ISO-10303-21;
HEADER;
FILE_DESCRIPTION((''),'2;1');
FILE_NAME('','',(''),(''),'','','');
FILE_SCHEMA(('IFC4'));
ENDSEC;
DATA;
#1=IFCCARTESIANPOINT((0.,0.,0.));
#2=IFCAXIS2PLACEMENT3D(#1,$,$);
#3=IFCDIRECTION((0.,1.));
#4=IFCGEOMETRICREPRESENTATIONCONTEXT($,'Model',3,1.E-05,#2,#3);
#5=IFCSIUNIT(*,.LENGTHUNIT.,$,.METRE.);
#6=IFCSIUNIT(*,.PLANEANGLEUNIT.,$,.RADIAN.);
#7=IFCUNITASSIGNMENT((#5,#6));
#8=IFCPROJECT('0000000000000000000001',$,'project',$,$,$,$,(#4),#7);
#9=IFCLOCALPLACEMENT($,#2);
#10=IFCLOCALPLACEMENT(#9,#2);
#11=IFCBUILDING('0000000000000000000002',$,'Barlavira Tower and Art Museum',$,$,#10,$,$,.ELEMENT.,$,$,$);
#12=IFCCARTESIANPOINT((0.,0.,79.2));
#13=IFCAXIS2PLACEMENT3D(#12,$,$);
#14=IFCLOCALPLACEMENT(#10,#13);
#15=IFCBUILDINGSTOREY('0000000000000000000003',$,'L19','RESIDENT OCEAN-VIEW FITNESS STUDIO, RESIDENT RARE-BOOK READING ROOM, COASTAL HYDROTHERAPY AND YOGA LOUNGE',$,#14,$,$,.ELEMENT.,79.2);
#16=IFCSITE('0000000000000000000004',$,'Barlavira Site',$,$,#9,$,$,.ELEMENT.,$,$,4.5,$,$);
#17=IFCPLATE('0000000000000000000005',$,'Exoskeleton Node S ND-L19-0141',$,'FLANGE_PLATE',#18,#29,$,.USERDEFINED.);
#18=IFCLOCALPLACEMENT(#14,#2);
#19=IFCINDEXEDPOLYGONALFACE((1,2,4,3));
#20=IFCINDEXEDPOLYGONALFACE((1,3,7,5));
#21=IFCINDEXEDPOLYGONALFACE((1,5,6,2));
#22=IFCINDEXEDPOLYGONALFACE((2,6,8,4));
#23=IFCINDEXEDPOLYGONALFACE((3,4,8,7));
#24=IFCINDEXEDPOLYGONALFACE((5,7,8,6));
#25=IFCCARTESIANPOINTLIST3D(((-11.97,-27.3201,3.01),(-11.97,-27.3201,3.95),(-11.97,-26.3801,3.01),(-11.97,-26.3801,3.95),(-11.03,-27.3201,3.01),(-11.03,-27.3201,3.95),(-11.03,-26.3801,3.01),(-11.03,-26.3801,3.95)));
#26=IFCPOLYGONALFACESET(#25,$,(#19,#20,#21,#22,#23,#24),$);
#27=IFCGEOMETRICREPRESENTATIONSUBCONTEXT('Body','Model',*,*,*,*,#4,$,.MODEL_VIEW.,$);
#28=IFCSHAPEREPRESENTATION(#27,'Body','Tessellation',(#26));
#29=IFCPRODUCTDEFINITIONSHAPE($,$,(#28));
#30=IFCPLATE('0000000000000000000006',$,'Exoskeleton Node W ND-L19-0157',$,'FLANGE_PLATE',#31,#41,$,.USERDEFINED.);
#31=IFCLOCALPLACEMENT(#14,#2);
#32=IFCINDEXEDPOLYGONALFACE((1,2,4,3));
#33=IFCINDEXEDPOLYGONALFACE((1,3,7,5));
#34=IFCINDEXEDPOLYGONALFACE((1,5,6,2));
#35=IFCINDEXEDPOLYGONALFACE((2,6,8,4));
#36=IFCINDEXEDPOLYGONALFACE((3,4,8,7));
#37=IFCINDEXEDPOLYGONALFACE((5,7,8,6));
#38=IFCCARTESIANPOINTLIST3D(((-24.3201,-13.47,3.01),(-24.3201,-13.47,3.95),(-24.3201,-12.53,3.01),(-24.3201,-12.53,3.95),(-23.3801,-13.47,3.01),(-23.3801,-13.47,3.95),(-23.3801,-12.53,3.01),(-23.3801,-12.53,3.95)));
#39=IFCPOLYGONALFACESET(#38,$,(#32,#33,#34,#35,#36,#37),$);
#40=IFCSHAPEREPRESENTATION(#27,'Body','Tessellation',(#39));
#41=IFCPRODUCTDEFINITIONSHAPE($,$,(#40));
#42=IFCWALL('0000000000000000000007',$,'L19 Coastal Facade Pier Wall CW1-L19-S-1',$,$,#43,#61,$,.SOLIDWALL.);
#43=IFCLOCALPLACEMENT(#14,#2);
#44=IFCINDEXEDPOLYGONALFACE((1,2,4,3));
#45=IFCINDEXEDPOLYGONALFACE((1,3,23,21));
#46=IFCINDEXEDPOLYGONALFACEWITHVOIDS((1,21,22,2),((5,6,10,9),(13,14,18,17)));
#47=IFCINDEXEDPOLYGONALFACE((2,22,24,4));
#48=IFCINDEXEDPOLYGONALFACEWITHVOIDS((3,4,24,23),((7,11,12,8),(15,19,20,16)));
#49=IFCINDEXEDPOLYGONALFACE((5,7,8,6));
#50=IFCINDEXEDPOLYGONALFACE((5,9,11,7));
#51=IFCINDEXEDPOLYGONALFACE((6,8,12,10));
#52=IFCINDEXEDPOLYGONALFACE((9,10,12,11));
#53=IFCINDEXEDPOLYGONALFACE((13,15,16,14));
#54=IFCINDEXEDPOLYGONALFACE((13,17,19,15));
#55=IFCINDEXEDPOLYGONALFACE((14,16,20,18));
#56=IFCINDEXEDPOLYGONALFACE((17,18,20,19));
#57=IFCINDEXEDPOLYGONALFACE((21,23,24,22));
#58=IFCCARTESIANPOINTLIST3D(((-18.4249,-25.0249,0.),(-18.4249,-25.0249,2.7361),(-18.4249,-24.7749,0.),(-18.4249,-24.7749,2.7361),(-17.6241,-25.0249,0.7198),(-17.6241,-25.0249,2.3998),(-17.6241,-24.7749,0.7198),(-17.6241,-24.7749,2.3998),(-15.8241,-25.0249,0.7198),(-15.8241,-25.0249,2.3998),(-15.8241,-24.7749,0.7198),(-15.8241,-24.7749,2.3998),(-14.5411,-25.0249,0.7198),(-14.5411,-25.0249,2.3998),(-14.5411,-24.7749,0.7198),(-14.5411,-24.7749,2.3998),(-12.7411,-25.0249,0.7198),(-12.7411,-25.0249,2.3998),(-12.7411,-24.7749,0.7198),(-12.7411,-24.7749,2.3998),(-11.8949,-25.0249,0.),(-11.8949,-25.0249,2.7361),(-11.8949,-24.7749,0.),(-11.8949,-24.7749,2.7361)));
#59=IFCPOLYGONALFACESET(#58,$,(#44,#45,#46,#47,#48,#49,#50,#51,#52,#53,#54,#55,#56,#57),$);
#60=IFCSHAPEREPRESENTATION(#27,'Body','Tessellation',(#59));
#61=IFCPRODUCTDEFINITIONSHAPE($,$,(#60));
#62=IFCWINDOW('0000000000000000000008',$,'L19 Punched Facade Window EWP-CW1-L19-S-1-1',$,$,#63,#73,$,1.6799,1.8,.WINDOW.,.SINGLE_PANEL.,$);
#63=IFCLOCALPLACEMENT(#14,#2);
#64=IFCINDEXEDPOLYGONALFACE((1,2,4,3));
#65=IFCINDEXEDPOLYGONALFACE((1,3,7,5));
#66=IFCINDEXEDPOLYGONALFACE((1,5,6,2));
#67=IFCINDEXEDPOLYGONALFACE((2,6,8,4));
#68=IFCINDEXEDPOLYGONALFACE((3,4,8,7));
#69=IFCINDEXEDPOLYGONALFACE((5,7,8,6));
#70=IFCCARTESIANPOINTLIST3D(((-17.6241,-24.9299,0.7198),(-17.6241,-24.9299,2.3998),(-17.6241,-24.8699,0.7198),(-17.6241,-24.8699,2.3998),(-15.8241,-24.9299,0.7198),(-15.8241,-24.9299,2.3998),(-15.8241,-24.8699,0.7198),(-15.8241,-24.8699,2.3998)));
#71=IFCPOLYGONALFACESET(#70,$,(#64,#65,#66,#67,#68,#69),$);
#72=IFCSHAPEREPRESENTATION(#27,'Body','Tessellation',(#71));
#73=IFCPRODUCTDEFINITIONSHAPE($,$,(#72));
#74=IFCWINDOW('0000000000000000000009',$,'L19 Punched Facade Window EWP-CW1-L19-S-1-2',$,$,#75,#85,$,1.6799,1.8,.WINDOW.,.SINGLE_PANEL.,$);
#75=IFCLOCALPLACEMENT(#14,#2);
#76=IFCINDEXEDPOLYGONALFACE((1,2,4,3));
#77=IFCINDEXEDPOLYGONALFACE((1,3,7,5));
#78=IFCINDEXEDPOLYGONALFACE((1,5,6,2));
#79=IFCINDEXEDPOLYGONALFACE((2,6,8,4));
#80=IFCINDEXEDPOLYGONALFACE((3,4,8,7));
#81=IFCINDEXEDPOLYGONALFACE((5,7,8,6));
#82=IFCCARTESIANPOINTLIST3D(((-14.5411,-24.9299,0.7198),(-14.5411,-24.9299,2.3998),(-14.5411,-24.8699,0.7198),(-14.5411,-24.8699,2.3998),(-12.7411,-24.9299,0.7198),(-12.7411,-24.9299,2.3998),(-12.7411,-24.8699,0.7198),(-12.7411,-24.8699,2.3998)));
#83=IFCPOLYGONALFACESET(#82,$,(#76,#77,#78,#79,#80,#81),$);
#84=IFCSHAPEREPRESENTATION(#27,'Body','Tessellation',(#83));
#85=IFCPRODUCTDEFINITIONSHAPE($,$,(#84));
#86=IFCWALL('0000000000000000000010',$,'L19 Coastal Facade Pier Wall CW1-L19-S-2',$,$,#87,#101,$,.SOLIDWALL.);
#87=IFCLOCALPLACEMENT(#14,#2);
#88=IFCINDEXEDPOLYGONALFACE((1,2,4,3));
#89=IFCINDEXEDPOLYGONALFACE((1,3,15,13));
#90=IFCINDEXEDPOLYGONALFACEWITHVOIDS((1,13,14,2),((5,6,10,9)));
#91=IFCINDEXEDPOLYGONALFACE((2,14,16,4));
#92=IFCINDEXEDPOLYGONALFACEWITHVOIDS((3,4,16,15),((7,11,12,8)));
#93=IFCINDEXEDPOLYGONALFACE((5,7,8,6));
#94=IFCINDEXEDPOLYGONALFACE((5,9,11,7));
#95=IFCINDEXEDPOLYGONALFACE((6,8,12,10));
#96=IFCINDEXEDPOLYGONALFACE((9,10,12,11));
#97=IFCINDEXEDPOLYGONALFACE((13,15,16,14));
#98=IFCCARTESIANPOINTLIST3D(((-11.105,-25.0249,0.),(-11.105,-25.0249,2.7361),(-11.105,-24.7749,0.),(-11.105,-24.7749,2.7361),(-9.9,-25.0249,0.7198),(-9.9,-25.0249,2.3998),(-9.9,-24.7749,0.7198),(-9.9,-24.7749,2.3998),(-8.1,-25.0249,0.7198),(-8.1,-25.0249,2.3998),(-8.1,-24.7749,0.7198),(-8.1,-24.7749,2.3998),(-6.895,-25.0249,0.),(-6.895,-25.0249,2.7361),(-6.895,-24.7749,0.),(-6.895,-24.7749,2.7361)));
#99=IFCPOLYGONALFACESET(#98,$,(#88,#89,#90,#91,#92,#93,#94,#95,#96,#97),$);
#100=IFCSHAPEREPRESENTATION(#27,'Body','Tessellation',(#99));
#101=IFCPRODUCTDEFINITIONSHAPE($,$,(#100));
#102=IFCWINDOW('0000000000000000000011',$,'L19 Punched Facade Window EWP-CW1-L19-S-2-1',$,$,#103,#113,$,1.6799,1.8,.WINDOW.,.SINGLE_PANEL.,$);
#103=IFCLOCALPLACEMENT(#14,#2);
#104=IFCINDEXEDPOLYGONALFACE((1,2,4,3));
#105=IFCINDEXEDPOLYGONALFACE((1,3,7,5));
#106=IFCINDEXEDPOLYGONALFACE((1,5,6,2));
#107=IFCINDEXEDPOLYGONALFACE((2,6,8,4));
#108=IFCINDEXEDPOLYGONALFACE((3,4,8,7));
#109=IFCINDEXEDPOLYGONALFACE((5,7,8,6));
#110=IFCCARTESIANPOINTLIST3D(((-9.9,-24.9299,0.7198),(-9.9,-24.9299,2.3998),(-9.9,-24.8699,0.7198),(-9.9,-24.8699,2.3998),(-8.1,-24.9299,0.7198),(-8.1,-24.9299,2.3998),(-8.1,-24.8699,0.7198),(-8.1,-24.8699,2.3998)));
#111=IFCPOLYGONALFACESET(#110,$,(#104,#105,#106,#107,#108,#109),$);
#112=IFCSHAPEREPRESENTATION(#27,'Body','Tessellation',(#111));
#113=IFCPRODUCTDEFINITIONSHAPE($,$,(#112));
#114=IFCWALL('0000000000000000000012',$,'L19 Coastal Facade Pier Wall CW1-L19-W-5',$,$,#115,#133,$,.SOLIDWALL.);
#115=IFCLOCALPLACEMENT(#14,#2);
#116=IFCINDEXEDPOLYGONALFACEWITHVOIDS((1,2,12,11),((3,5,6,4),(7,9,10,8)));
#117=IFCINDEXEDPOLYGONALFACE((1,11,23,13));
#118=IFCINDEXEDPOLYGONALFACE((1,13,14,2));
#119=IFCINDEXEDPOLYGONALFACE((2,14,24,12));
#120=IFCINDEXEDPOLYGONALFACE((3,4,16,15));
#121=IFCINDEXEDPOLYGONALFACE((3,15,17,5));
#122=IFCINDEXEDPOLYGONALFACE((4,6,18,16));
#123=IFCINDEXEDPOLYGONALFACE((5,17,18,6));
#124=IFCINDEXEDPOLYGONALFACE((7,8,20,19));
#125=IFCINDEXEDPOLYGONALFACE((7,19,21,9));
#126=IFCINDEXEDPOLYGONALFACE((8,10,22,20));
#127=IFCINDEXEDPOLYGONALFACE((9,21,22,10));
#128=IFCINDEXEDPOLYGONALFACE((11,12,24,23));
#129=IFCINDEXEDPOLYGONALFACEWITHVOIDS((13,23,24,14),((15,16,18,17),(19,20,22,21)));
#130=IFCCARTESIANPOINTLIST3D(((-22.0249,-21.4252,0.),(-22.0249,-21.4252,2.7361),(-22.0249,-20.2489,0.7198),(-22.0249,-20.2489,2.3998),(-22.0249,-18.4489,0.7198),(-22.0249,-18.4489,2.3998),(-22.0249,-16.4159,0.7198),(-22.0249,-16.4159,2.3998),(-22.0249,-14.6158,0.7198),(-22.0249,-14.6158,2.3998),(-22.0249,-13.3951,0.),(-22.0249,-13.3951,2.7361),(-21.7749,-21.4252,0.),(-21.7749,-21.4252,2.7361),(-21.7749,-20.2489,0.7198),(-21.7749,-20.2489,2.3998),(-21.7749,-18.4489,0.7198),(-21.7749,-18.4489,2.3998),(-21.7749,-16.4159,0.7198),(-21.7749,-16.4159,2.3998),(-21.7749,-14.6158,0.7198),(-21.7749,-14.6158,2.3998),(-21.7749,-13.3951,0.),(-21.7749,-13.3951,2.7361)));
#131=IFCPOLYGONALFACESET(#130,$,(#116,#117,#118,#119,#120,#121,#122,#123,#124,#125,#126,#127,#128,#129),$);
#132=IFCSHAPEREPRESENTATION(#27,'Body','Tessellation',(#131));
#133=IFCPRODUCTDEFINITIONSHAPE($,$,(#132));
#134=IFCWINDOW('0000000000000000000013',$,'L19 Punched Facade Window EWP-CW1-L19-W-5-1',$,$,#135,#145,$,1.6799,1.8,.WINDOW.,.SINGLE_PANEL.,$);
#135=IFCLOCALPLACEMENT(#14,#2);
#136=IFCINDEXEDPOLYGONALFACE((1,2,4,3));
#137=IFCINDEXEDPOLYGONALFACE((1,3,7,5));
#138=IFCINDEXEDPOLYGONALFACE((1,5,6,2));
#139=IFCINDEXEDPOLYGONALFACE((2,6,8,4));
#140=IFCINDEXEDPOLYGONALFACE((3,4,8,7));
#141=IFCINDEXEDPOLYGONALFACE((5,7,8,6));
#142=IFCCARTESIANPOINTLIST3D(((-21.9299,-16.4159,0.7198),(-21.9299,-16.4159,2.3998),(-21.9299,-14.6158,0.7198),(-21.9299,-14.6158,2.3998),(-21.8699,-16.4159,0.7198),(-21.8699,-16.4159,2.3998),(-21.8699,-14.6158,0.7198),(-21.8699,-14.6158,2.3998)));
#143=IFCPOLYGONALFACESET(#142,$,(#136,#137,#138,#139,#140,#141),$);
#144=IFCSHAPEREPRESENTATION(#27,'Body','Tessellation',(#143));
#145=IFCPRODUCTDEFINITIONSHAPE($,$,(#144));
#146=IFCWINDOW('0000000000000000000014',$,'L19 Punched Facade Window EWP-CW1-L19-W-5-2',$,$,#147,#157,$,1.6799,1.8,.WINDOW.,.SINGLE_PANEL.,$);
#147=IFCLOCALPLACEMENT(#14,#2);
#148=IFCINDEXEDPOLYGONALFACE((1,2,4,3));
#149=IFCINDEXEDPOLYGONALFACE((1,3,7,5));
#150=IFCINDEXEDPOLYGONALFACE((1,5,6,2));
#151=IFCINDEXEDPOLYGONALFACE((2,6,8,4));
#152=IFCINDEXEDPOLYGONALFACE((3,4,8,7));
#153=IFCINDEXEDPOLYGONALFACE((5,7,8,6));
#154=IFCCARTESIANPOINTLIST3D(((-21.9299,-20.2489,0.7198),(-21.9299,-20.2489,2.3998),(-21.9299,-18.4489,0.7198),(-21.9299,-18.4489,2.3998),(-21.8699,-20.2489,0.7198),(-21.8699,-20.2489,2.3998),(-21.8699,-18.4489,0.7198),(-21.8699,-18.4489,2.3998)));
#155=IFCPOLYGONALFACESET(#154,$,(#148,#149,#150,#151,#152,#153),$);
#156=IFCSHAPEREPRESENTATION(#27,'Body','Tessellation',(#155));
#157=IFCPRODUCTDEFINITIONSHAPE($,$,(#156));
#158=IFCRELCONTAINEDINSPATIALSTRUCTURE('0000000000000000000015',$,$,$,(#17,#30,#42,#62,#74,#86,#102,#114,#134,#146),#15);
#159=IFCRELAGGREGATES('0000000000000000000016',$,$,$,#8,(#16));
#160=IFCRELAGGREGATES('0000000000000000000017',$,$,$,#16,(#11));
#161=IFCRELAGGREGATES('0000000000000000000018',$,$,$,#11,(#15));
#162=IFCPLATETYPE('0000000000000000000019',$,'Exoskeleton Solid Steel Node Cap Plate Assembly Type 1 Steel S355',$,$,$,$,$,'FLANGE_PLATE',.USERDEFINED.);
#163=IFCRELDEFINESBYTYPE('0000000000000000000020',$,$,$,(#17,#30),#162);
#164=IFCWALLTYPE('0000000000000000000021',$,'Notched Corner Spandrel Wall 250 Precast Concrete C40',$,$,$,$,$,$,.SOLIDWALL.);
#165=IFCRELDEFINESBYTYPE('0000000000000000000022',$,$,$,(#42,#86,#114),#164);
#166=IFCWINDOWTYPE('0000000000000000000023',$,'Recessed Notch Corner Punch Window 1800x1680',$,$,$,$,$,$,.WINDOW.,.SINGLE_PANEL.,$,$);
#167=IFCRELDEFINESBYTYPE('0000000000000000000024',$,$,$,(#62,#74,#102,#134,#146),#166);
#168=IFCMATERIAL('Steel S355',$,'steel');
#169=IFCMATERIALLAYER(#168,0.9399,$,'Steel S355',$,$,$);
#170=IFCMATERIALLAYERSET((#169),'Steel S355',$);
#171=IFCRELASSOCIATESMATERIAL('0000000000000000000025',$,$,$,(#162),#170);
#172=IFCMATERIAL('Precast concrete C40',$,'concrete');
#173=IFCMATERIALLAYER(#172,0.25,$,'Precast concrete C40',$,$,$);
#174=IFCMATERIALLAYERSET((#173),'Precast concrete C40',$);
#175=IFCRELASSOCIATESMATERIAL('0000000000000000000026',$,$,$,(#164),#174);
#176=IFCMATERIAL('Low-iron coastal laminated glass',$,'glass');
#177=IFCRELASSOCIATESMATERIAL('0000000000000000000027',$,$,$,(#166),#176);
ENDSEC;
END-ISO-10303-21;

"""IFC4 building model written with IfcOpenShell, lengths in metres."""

from ifc_helpers import new_model, si_unit, direction, frame, frame_2d, origin, origin_2d, place, context, subcontext, project, spatial, rectangle, extrude, material, layer, layer_set, type_object, element, fill, save


model = new_model("IFC4")

# Units and contexts
model_context = context("Model", 3, precision=1e-05, world=origin(), true_north=direction((0.0, 1.0)))
body_context = subcontext(model_context, "Body", "Model", "MODEL_VIEW")
ifc_project = project(units=[si_unit("LENGTHUNIT", "METRE"), si_unit("PLANEANGLEUNIT", "RADIAN")], contexts=[model_context])

# Site, building, storey
site_placement = place(None, origin())
site = spatial("IfcSite", under=ifc_project, at=site_placement, Name="Barlavira Site", CompositionType="ELEMENT", RefElevation=4.5)
building_placement = place(site_placement, origin())
building = spatial("IfcBuilding", under=site, at=building_placement, Name="Barlavira Tower and Art Museum", CompositionType="ELEMENT")
storey_placement = place(building_placement, frame((0.0, 0.0, 79.2)))
storey = spatial("IfcBuildingStorey", under=building, at=storey_placement, Name="L19", Description="RESIDENT OCEAN-VIEW FITNESS STUDIO, RESIDENT RARE-BOOK READING ROOM, COASTAL HYDROTHERAPY AND YOGA LOUNGE", CompositionType="ELEMENT", Elevation=79.2)

# Shared definitions
ifc_material_1 = material(Name="Steel S355", Category="steel")

# Plates
ifc_layer_1 = layer(ifc_material_1, 0.9399, Name="Steel S355")
ifc_layer_set_1 = layer_set([ifc_layer_1], Name="Steel S355")
plate_type = type_object("IfcPlateType", Name="Exoskeleton Solid Steel Node Cap Plate Assembly Type 1 Steel S355", ElementType="FLANGE_PLATE", PredefinedType="USERDEFINED", material=ifc_layer_set_1)
for number, where, z_axis, x_axis, name in (
    (1, (-11.5, -26.8501, 3.01), (0.0, 0.0, 1.0), (1.0, 0.0, 0.0), "Exoskeleton Node S ND-L19-0141"),
    (2, (-23.8501, -13.0, 3.01), (0.0, 0.0, 1.0), (1.0, 0.0, 0.0), "Exoskeleton Node W ND-L19-0157"),
):
    element("IfcPlate", number, at=place(storey_placement, frame(where, z_axis=z_axis, x_axis=x_axis)), inside=storey, type_object=plate_type, Name=name, ObjectType="FLANGE_PLATE", PredefinedType="USERDEFINED", context=body_context, shape_type="SweptSolid", body=[
        extrude(rectangle(XDim=0.9399, YDim=0.9399, at=origin_2d()), origin(), (0.0, 0.0, 1.0), 0.9399),
    ])

# Wall, openings, windows
ifc_material_2 = material(Name="Precast concrete C40", Category="concrete")
ifc_layer_2 = layer(ifc_material_2, 0.25, Name="Precast concrete C40")
ifc_layer_set_2 = layer_set([ifc_layer_2], Name="Precast concrete C40")
wall_type = type_object("IfcWallType", Name="Notched Corner Spandrel Wall 250 Precast Concrete C40", PredefinedType="SOLIDWALL", material=ifc_layer_set_2)
wall_1_placement = place(storey_placement, frame((-18.425, -24.8999, 0.0), z_axis=(0.0, 0.0, 1.0), x_axis=(1.0, 0.0, 0.0)))
wall_1 = element("IfcWall", 3, at=wall_1_placement, inside=storey, type_object=wall_type, Name="L19 Coastal Facade Pier Wall CW1-L19-S-1", PredefinedType="SOLIDWALL", context=body_context, shape_type="SweptSolid", body=[
    extrude(rectangle(XDim=6.53, YDim=0.25, at=frame_2d((3.2651, 0.0))), origin(), (0.0, 0.0, 1.0), 2.7361),
])
opening_1_placement = place(wall_1_placement, frame((0.801, 0.0, 0.72)))
opening_1 = element("IfcOpeningElement", 4, at=opening_1_placement, cuts=wall_1, PredefinedType="OPENING", context=body_context, shape_type="SweptSolid", body=[
    extrude(rectangle(XDim=1.8, YDim=1.6799, at=frame_2d((0.8999, 0.8398))), frame((0.0, 0.135, 0.0), z_axis=(0.0, -1.0, 0.0), x_axis=(1.0, 0.0, 0.0)), (0.0, 0.0, 1.0), 0.27),
])
opening_2_placement = place(wall_1_placement, frame((3.884, 0.0, 0.72)))
opening_2 = element("IfcOpeningElement", 5, at=opening_2_placement, cuts=wall_1, PredefinedType="OPENING", context=body_context, shape_type="SweptSolid", body=[
    extrude(rectangle(XDim=1.8, YDim=1.6799, at=frame_2d((0.8999, 0.8398))), frame((0.0, 0.135, 0.0), z_axis=(0.0, -1.0, 0.0), x_axis=(1.0, 0.0, 0.0)), (0.0, 0.0, 1.0), 0.27),
])
ifc_material_3 = material(Name="Low-iron coastal laminated glass", Category="glass")
window_type = type_object("IfcWindowType", Name="Recessed Notch Corner Punch Window 1800x1680", PartitioningType="SINGLE_PANEL", PredefinedType="WINDOW", material=ifc_material_3)
window_1_placement = place(opening_1_placement, origin())
window_1 = element("IfcWindow", 6, at=window_1_placement, inside=storey, type_object=window_type, Name="L19 Punched Facade Window EWP-CW1-L19-S-1-1", OverallHeight=1.6799, OverallWidth=1.8, PartitioningType="SINGLE_PANEL", PredefinedType="WINDOW", context=body_context, shape_type="SweptSolid", body=[
    extrude(rectangle(XDim=1.8, YDim=1.6799, at=frame_2d((0.8999, 0.8398))), frame((0.0, 0.03, 0.0), z_axis=(0.0, -1.0, 0.0), x_axis=(1.0, 0.0, 0.0)), (0.0, 0.0, 1.0), 0.0601),
])
fill(opening_1, window_1)
window_2_placement = place(opening_2_placement, origin())
window_2 = element("IfcWindow", 7, at=window_2_placement, inside=storey, type_object=window_type, Name="L19 Punched Facade Window EWP-CW1-L19-S-1-2", OverallHeight=1.6799, OverallWidth=1.8, PartitioningType="SINGLE_PANEL", PredefinedType="WINDOW", context=body_context, shape_type="SweptSolid", body=[
    extrude(rectangle(XDim=1.8, YDim=1.6799, at=frame_2d((0.8999, 0.8398))), frame((0.0, 0.03, 0.0), z_axis=(0.0, -1.0, 0.0), x_axis=(1.0, 0.0, 0.0)), (0.0, 0.0, 1.0), 0.0601),
])
fill(opening_2, window_2)

# Wall, opening, window
wall_2_placement = place(storey_placement, frame((-11.105, -24.8999, 0.0), z_axis=(0.0, 0.0, 1.0), x_axis=(1.0, 0.0, 0.0)))
wall_2 = element("IfcWall", 8, at=wall_2_placement, inside=storey, type_object=wall_type, Name="L19 Coastal Facade Pier Wall CW1-L19-S-2", PredefinedType="SOLIDWALL", context=body_context, shape_type="SweptSolid", body=[
    extrude(rectangle(XDim=4.21, YDim=0.25, at=frame_2d((2.105, 0.0))), origin(), (0.0, 0.0, 1.0), 2.7361),
])
opening_3_placement = place(wall_2_placement, frame((1.2051, 0.0, 0.72)))
opening_3 = element("IfcOpeningElement", 9, at=opening_3_placement, cuts=wall_2, PredefinedType="OPENING", context=body_context, shape_type="SweptSolid", body=[
    extrude(rectangle(XDim=1.8, YDim=1.6799, at=frame_2d((0.8999, 0.8398))), frame((0.0, 0.135, 0.0), z_axis=(0.0, -1.0, 0.0), x_axis=(1.0, 0.0, 0.0)), (0.0, 0.0, 1.0), 0.27),
])
window_3_placement = place(opening_3_placement, origin())
window_3 = element("IfcWindow", 10, at=window_3_placement, inside=storey, type_object=window_type, Name="L19 Punched Facade Window EWP-CW1-L19-S-2-1", OverallHeight=1.6799, OverallWidth=1.8, PartitioningType="SINGLE_PANEL", PredefinedType="WINDOW", context=body_context, shape_type="SweptSolid", body=[
    extrude(rectangle(XDim=1.8, YDim=1.6799, at=frame_2d((0.8999, 0.8398))), frame((0.0, 0.03, 0.0), z_axis=(0.0, -1.0, 0.0), x_axis=(1.0, 0.0, 0.0)), (0.0, 0.0, 1.0), 0.0601),
])
fill(opening_3, window_3)

# Wall, openings, windows
wall_3_placement = place(storey_placement, frame((-21.8999, -13.395, 0.0), z_axis=(0.0, 0.0, 1.0), x_axis=(0.0, -1.0, 0.0)))
wall_3 = element("IfcWall", 11, at=wall_3_placement, inside=storey, type_object=wall_type, Name="L19 Coastal Facade Pier Wall CW1-L19-W-5", PredefinedType="SOLIDWALL", context=body_context, shape_type="SweptSolid", body=[
    extrude(rectangle(XDim=8.03, YDim=0.25, at=frame_2d((4.0151, 0.0))), origin(), (0.0, 0.0, 1.0), 2.7361),
])
opening_4_placement = place(wall_3_placement, frame((1.2209, 0.0, 0.72)))
opening_4 = element("IfcOpeningElement", 12, at=opening_4_placement, cuts=wall_3, PredefinedType="OPENING", context=body_context, shape_type="SweptSolid", body=[
    extrude(rectangle(XDim=1.8, YDim=1.6799, at=frame_2d((0.8999, 0.8398))), frame((0.0, 0.135, 0.0), z_axis=(0.0, -1.0, 0.0), x_axis=(1.0, 0.0, 0.0)), (0.0, 0.0, 1.0), 0.27),
])
opening_5_placement = place(wall_3_placement, frame((5.054, 0.0, 0.72)))
opening_5 = element("IfcOpeningElement", 13, at=opening_5_placement, cuts=wall_3, PredefinedType="OPENING", context=body_context, shape_type="SweptSolid", body=[
    extrude(rectangle(XDim=1.8, YDim=1.6799, at=frame_2d((0.8999, 0.8398))), frame((0.0, 0.135, 0.0), z_axis=(0.0, -1.0, 0.0), x_axis=(1.0, 0.0, 0.0)), (0.0, 0.0, 1.0), 0.27),
])
window_4_placement = place(opening_4_placement, origin())
window_4 = element("IfcWindow", 14, at=window_4_placement, inside=storey, type_object=window_type, Name="L19 Punched Facade Window EWP-CW1-L19-W-5-1", OverallHeight=1.6799, OverallWidth=1.8, PartitioningType="SINGLE_PANEL", PredefinedType="WINDOW", context=body_context, shape_type="SweptSolid", body=[
    extrude(rectangle(XDim=1.8, YDim=1.6799, at=frame_2d((0.8999, 0.8398))), frame((0.0, 0.03, 0.0), z_axis=(0.0, -1.0, 0.0), x_axis=(1.0, 0.0, 0.0)), (0.0, 0.0, 1.0), 0.0601),
])
fill(opening_4, window_4)
window_5_placement = place(opening_5_placement, origin())
window_5 = element("IfcWindow", 15, at=window_5_placement, inside=storey, type_object=window_type, Name="L19 Punched Facade Window EWP-CW1-L19-W-5-2", OverallHeight=1.6799, OverallWidth=1.8, PartitioningType="SINGLE_PANEL", PredefinedType="WINDOW", context=body_context, shape_type="SweptSolid", body=[
    extrude(rectangle(XDim=1.8, YDim=1.6799, at=frame_2d((0.8999, 0.8398))), frame((0.0, 0.03, 0.0), z_axis=(0.0, -1.0, 0.0), x_axis=(1.0, 0.0, 0.0)), (0.0, 0.0, 1.0), 0.0601),
])
fill(opening_5, window_5)

save(model, "model.ifc")
